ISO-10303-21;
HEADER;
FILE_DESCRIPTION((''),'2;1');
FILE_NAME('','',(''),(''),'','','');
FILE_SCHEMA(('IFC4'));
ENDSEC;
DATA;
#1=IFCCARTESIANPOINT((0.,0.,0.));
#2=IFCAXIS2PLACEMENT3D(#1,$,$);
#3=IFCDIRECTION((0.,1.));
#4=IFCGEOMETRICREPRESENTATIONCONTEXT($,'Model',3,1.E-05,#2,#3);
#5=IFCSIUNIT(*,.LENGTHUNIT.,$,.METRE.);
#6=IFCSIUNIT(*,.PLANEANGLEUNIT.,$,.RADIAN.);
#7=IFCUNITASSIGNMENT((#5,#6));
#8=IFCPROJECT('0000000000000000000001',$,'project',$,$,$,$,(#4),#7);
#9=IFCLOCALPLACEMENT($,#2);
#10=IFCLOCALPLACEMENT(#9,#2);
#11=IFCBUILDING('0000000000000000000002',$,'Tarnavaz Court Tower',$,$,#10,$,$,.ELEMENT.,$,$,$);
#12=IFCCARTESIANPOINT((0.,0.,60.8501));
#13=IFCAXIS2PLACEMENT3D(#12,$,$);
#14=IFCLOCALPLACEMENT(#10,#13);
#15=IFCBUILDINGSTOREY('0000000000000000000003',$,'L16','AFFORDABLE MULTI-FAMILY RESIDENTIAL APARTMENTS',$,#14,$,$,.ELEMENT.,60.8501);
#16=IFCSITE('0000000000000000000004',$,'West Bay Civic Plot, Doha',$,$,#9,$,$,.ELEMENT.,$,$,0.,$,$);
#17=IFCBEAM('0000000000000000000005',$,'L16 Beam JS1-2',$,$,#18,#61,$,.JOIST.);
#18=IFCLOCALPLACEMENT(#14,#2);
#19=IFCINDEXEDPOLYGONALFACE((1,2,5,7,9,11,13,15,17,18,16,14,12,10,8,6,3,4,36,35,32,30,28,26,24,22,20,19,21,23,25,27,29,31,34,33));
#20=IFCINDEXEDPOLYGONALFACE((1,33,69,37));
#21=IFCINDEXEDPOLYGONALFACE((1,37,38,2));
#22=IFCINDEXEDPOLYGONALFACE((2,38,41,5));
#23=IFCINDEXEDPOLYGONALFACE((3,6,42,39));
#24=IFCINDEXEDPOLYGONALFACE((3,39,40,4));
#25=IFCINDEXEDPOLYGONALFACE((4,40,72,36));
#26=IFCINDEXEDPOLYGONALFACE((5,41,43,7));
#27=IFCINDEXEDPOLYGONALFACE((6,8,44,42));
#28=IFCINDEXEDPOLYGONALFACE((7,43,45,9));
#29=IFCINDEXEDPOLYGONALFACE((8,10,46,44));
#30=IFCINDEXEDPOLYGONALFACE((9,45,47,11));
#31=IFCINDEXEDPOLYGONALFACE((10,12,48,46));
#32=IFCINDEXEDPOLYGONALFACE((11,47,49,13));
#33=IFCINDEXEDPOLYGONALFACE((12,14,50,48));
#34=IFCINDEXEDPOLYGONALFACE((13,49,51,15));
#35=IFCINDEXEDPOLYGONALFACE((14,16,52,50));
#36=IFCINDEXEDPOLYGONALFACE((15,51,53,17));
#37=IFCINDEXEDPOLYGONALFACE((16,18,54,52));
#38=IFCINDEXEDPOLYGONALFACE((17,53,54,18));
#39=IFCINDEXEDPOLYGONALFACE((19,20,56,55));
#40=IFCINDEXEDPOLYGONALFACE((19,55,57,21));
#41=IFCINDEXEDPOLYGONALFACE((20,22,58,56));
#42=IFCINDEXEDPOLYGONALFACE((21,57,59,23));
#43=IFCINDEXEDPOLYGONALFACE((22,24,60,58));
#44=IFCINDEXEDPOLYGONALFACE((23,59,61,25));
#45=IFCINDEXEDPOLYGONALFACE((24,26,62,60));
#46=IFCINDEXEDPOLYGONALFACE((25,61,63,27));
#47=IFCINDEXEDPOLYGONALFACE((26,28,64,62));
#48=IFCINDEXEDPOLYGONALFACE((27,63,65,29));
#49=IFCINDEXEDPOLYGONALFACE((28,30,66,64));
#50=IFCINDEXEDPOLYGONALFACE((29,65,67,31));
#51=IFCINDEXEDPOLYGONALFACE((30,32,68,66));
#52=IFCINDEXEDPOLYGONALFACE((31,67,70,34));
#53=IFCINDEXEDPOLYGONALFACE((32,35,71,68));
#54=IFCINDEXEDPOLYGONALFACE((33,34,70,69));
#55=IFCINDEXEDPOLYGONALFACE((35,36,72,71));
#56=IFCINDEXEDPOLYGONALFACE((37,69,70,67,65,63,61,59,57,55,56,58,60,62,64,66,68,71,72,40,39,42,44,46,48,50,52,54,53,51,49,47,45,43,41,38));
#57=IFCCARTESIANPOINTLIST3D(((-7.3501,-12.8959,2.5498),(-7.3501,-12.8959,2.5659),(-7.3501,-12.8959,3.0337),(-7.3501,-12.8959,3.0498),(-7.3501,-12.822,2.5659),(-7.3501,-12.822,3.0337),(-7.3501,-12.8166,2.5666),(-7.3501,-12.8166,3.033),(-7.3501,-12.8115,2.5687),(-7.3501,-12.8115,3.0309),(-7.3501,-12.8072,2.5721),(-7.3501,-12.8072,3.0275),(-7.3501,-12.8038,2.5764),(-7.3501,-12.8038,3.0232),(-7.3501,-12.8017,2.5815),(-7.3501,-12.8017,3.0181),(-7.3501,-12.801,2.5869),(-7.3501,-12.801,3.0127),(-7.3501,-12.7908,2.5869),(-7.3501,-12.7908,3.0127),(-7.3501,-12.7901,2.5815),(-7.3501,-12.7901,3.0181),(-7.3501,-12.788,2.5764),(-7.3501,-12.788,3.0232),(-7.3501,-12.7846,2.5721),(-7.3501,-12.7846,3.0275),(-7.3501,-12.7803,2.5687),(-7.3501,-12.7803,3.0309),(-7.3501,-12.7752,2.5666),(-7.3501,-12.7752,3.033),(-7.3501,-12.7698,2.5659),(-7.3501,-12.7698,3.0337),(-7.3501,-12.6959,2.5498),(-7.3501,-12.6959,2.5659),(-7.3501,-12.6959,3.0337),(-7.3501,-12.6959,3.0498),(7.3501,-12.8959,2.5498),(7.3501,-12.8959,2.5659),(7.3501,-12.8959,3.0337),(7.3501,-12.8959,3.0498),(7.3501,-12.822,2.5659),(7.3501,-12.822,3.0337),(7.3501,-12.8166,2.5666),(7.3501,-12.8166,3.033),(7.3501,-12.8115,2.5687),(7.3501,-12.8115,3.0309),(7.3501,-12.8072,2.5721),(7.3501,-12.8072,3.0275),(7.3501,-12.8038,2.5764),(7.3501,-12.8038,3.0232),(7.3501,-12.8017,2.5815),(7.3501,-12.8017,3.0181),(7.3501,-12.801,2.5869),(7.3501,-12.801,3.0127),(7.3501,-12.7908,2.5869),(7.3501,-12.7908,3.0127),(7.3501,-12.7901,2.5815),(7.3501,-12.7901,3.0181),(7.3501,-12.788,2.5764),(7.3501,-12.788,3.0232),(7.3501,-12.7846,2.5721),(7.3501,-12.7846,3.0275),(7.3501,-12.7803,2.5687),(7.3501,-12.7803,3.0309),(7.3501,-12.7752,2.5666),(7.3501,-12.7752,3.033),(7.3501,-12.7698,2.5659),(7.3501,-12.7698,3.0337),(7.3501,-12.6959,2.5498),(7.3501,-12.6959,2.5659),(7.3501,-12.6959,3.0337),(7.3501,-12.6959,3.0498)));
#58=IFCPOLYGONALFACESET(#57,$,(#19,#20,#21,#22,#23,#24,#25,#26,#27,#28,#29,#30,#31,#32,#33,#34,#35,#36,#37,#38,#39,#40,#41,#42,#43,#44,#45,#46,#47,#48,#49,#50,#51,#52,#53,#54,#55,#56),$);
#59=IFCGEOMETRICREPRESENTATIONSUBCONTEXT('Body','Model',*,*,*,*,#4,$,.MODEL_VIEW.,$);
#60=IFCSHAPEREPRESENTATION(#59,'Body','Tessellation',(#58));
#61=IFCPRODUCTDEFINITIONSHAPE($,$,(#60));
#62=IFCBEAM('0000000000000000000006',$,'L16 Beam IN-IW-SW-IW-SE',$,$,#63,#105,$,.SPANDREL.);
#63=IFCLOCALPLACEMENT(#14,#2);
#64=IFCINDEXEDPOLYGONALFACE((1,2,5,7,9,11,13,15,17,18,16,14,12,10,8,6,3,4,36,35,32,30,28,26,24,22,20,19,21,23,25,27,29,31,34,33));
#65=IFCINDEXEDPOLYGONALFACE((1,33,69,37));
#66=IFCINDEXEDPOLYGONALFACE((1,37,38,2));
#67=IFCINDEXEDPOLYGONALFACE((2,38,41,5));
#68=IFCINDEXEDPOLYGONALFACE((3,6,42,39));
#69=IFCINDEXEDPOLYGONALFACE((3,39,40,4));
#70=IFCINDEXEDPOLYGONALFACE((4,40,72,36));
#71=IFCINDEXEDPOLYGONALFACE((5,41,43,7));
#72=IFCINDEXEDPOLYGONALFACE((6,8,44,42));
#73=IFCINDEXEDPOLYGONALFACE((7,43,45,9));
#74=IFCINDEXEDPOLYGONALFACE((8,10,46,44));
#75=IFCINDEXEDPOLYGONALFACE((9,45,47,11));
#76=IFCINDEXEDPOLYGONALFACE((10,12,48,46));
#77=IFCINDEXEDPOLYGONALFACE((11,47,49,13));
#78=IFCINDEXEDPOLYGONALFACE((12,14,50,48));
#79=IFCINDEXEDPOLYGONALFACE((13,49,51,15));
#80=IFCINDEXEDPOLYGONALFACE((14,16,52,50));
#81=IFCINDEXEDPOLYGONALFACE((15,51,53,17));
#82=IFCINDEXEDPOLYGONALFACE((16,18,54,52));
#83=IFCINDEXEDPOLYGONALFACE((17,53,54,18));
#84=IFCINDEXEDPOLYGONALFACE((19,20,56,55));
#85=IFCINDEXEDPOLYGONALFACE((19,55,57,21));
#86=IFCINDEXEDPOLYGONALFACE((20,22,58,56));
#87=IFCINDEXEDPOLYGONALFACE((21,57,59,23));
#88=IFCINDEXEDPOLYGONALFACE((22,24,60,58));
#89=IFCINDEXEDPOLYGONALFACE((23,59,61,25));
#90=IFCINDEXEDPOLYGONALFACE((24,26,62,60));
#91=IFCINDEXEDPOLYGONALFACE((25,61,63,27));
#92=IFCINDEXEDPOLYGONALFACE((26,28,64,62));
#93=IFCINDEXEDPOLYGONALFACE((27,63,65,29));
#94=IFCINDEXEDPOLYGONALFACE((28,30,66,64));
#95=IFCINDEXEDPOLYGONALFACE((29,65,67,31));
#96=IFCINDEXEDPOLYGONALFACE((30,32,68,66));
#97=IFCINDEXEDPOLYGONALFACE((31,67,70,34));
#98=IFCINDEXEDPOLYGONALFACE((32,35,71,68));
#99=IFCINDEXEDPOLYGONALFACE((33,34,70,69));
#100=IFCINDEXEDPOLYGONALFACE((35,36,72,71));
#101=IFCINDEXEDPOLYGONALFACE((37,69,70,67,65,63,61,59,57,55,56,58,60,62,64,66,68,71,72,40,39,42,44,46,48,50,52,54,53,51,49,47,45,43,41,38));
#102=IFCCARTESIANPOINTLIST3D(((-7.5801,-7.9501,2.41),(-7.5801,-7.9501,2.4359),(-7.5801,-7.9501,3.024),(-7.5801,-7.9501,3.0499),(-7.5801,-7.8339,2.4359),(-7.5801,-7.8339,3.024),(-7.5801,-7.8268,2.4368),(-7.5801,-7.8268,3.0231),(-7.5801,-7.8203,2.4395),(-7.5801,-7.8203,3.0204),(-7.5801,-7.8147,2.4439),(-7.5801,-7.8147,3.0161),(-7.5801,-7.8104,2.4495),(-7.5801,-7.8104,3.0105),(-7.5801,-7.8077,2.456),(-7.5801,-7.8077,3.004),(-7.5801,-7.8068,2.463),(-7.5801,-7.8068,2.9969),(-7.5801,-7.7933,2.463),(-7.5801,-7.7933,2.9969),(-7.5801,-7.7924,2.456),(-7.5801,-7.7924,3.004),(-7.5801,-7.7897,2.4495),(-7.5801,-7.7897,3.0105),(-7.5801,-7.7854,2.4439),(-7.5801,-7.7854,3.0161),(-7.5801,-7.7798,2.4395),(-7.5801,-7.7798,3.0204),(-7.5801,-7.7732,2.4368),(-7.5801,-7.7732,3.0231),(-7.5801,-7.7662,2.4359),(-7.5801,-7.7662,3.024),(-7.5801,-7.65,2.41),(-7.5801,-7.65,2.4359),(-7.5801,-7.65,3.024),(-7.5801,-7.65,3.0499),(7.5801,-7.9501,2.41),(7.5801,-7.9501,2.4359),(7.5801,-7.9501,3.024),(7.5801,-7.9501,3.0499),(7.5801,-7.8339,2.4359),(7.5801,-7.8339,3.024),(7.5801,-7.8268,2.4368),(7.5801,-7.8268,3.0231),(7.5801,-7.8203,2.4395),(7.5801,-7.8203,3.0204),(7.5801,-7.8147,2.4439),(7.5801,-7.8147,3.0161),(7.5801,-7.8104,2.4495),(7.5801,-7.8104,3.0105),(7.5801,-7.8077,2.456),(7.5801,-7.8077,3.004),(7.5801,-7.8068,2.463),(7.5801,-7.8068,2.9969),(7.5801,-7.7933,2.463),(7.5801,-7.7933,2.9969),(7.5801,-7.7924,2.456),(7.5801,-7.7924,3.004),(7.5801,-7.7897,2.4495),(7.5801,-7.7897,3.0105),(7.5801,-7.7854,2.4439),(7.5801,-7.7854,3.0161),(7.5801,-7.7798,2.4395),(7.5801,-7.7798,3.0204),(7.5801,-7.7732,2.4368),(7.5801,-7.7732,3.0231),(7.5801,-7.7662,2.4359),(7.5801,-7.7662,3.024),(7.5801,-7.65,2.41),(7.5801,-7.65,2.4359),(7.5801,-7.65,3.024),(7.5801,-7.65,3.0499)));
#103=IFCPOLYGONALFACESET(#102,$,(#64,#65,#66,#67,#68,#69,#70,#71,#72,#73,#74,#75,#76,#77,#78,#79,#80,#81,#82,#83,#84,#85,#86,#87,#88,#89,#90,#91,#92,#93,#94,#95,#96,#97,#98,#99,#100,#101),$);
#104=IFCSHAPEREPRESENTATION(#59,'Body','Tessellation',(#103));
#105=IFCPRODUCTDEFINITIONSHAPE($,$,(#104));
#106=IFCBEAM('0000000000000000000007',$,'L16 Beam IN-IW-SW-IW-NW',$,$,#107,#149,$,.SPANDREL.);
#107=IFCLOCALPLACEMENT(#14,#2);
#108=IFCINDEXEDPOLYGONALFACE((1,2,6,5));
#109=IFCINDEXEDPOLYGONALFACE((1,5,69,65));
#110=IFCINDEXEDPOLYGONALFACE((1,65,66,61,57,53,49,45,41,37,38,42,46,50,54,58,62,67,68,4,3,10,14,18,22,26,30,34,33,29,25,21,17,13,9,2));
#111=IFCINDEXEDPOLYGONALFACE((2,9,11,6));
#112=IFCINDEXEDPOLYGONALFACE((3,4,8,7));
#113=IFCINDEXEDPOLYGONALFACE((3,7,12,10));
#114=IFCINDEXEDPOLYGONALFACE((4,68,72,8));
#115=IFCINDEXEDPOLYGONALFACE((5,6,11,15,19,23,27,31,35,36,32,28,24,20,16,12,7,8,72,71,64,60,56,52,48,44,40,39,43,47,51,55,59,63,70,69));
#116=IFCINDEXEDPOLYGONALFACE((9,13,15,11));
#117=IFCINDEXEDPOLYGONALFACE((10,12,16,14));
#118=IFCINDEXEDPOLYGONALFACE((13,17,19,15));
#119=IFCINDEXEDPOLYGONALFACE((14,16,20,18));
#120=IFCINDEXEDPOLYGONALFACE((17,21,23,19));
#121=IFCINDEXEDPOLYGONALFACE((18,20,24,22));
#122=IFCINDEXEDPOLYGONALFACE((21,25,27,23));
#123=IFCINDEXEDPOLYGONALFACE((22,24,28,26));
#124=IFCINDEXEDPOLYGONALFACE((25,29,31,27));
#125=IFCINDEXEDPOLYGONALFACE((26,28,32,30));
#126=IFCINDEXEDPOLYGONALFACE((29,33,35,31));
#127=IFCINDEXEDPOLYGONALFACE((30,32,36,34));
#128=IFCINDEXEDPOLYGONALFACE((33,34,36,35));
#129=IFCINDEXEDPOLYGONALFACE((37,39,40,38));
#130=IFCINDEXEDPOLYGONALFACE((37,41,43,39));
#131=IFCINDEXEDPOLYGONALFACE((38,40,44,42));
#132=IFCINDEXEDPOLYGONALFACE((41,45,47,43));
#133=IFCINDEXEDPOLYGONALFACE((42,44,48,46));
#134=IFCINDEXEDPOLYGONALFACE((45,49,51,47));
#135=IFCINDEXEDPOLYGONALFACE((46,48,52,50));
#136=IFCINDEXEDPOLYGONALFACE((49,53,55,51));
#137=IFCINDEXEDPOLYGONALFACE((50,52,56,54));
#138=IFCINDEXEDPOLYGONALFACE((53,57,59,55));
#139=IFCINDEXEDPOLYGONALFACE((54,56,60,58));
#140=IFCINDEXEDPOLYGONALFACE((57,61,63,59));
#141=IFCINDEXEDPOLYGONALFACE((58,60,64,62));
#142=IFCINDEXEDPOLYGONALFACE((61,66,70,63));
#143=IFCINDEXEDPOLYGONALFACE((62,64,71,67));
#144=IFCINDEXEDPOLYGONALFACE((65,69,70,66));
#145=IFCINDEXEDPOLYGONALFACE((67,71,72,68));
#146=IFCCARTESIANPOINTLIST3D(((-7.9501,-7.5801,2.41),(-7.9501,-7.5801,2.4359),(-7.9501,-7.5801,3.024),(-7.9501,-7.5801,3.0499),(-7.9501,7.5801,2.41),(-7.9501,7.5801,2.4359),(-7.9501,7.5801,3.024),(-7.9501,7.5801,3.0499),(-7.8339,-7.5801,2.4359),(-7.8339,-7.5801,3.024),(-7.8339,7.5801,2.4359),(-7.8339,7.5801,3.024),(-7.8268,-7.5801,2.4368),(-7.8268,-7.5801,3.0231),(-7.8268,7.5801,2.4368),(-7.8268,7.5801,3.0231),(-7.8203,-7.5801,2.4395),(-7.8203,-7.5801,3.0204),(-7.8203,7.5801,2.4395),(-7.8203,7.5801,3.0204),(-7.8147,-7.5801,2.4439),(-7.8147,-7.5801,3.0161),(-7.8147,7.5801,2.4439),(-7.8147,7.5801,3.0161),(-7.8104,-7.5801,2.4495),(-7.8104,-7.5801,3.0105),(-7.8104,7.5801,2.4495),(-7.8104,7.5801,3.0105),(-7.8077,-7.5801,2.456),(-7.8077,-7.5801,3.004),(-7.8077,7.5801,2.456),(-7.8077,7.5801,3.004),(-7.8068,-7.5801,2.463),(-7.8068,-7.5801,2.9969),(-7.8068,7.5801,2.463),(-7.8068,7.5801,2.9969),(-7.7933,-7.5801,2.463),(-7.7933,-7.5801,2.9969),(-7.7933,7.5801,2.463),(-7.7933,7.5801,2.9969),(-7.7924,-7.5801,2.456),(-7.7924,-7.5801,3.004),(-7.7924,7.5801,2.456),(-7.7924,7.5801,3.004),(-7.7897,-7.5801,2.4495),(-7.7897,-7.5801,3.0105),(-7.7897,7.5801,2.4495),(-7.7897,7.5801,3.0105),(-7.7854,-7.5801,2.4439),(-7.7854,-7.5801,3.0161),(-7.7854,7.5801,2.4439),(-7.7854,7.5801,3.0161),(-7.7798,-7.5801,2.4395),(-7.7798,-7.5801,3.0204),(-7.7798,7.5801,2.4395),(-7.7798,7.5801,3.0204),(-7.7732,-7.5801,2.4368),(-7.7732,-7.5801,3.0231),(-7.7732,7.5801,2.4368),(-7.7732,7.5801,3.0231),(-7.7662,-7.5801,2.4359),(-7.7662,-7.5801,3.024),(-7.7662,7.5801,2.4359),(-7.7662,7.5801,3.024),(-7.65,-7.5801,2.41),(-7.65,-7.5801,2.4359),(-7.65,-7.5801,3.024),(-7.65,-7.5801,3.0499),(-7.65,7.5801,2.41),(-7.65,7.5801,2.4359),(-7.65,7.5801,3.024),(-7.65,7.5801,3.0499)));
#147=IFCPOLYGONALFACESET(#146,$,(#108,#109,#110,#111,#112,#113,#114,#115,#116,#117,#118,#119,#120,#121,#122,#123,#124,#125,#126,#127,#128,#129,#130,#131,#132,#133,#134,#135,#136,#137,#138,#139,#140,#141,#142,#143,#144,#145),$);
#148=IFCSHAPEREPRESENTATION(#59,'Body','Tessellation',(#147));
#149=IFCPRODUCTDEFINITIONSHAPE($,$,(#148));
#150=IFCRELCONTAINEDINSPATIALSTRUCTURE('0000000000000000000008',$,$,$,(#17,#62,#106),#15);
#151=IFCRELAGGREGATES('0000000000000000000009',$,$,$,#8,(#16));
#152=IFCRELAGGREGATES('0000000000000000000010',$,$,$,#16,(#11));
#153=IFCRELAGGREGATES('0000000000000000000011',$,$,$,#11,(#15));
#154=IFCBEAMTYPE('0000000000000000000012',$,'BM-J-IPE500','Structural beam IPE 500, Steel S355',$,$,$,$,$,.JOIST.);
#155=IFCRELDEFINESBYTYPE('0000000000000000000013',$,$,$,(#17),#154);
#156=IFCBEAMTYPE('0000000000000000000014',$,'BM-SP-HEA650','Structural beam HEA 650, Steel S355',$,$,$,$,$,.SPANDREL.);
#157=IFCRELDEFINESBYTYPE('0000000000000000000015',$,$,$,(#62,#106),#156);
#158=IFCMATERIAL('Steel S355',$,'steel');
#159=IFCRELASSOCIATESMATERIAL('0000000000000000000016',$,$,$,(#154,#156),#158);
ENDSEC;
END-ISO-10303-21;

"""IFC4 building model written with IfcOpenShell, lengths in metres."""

from ifc_helpers import new_model, si_unit, direction, frame, origin, origin_2d, place, context, subcontext, project, spatial, i_section, extrude, material, material_profile, profile_set, type_object, element, save


model = new_model("IFC4")

# Units and contexts
model_context = context("Model", 3, precision=1e-05, world=origin(), true_north=direction((0.0, 1.0)))
body_context = subcontext(model_context, "Body", "Model", "MODEL_VIEW")
ifc_project = project(units=[si_unit("LENGTHUNIT", "METRE"), si_unit("PLANEANGLEUNIT", "RADIAN")], contexts=[model_context])

# Site, building, storey
site_placement = place(None, origin())
site = spatial("IfcSite", under=ifc_project, at=site_placement, Name="West Bay Civic Plot, Doha", CompositionType="ELEMENT", RefElevation=0.0)
building_placement = place(site_placement, origin())
building = spatial("IfcBuilding", under=site, at=building_placement, Name="Tarnavaz Court Tower", CompositionType="ELEMENT")
storey_placement = place(building_placement, frame((0.0, 0.0, 60.8501)))
storey = spatial("IfcBuildingStorey", under=building, at=storey_placement, Name="L16", Description="AFFORDABLE MULTI-FAMILY RESIDENTIAL APARTMENTS", CompositionType="ELEMENT", Elevation=60.8501)

# Beams
ifc_material_1 = material(Name="Steel S355", Category="steel")
ifc_material_profile_1 = material_profile(ifc_material_1, i_section(OverallWidth=0.2, OverallDepth=0.5, WebThickness=0.0103, FlangeThickness=0.0161, FilletRadius=0.021, at=origin_2d()), Name="IPE 500")
ifc_profile_set_1 = profile_set([ifc_material_profile_1], Name="Steel S355")
beam_type_1 = type_object("IfcBeamType", Name="BM-J-IPE500", Description="Structural beam IPE 500, Steel S355", PredefinedType="JOIST", material=ifc_profile_set_1)
beam_1_placement = place(storey_placement, frame((-7.3501, -12.7959, 2.7998), z_axis=(1.0, 0.0, 0.0), x_axis=(0.0, 1.0, 0.0)))
element("IfcBeam", 1, at=beam_1_placement, inside=storey, type_object=beam_type_1, Name="L16 Beam JS1-2", PredefinedType="JOIST", context=body_context, shape_type="SweptSolid", body=[
    extrude(i_section(OverallWidth=0.2, OverallDepth=0.5, WebThickness=0.0103, FlangeThickness=0.0161, FilletRadius=0.021, at=origin_2d()), origin(), (0.0, 0.0, 1.0), 14.7002),
])
ifc_material_profile_2 = material_profile(ifc_material_1, i_section(OverallWidth=0.3, OverallDepth=0.6399, WebThickness=0.0134, FlangeThickness=0.0259, FilletRadius=0.0271, at=origin_2d()), Name="HEA 650")
ifc_profile_set_2 = profile_set([ifc_material_profile_2], Name="Steel S355")
beam_type_2 = type_object("IfcBeamType", Name="BM-SP-HEA650", Description="Structural beam HEA 650, Steel S355", PredefinedType="SPANDREL", material=ifc_profile_set_2)
for number, where, z_axis, x_axis, name in (
    (2, (-7.5801, -7.8, 2.73), (1.0, 0.0, 0.0), (0.0, 1.0, 0.0), "L16 Beam IN-IW-SW-IW-SE"),
    (3, (-7.8, -7.5801, 2.73), (0.0, 1.0, 0.0), (-1.0, 0.0, 0.0), "L16 Beam IN-IW-SW-IW-NW"),
):
    element("IfcBeam", number, at=place(storey_placement, frame(where, z_axis=z_axis, x_axis=x_axis)), inside=storey, type_object=beam_type_2, Name=name, PredefinedType="SPANDREL", context=body_context, shape_type="SweptSolid", body=[
        extrude(i_section(OverallWidth=0.3, OverallDepth=0.6399, WebThickness=0.0134, FlangeThickness=0.0259, FilletRadius=0.0271, at=origin_2d()), origin(), (0.0, 0.0, 1.0), 15.1602),
    ])

save(model, "model.ifc")
